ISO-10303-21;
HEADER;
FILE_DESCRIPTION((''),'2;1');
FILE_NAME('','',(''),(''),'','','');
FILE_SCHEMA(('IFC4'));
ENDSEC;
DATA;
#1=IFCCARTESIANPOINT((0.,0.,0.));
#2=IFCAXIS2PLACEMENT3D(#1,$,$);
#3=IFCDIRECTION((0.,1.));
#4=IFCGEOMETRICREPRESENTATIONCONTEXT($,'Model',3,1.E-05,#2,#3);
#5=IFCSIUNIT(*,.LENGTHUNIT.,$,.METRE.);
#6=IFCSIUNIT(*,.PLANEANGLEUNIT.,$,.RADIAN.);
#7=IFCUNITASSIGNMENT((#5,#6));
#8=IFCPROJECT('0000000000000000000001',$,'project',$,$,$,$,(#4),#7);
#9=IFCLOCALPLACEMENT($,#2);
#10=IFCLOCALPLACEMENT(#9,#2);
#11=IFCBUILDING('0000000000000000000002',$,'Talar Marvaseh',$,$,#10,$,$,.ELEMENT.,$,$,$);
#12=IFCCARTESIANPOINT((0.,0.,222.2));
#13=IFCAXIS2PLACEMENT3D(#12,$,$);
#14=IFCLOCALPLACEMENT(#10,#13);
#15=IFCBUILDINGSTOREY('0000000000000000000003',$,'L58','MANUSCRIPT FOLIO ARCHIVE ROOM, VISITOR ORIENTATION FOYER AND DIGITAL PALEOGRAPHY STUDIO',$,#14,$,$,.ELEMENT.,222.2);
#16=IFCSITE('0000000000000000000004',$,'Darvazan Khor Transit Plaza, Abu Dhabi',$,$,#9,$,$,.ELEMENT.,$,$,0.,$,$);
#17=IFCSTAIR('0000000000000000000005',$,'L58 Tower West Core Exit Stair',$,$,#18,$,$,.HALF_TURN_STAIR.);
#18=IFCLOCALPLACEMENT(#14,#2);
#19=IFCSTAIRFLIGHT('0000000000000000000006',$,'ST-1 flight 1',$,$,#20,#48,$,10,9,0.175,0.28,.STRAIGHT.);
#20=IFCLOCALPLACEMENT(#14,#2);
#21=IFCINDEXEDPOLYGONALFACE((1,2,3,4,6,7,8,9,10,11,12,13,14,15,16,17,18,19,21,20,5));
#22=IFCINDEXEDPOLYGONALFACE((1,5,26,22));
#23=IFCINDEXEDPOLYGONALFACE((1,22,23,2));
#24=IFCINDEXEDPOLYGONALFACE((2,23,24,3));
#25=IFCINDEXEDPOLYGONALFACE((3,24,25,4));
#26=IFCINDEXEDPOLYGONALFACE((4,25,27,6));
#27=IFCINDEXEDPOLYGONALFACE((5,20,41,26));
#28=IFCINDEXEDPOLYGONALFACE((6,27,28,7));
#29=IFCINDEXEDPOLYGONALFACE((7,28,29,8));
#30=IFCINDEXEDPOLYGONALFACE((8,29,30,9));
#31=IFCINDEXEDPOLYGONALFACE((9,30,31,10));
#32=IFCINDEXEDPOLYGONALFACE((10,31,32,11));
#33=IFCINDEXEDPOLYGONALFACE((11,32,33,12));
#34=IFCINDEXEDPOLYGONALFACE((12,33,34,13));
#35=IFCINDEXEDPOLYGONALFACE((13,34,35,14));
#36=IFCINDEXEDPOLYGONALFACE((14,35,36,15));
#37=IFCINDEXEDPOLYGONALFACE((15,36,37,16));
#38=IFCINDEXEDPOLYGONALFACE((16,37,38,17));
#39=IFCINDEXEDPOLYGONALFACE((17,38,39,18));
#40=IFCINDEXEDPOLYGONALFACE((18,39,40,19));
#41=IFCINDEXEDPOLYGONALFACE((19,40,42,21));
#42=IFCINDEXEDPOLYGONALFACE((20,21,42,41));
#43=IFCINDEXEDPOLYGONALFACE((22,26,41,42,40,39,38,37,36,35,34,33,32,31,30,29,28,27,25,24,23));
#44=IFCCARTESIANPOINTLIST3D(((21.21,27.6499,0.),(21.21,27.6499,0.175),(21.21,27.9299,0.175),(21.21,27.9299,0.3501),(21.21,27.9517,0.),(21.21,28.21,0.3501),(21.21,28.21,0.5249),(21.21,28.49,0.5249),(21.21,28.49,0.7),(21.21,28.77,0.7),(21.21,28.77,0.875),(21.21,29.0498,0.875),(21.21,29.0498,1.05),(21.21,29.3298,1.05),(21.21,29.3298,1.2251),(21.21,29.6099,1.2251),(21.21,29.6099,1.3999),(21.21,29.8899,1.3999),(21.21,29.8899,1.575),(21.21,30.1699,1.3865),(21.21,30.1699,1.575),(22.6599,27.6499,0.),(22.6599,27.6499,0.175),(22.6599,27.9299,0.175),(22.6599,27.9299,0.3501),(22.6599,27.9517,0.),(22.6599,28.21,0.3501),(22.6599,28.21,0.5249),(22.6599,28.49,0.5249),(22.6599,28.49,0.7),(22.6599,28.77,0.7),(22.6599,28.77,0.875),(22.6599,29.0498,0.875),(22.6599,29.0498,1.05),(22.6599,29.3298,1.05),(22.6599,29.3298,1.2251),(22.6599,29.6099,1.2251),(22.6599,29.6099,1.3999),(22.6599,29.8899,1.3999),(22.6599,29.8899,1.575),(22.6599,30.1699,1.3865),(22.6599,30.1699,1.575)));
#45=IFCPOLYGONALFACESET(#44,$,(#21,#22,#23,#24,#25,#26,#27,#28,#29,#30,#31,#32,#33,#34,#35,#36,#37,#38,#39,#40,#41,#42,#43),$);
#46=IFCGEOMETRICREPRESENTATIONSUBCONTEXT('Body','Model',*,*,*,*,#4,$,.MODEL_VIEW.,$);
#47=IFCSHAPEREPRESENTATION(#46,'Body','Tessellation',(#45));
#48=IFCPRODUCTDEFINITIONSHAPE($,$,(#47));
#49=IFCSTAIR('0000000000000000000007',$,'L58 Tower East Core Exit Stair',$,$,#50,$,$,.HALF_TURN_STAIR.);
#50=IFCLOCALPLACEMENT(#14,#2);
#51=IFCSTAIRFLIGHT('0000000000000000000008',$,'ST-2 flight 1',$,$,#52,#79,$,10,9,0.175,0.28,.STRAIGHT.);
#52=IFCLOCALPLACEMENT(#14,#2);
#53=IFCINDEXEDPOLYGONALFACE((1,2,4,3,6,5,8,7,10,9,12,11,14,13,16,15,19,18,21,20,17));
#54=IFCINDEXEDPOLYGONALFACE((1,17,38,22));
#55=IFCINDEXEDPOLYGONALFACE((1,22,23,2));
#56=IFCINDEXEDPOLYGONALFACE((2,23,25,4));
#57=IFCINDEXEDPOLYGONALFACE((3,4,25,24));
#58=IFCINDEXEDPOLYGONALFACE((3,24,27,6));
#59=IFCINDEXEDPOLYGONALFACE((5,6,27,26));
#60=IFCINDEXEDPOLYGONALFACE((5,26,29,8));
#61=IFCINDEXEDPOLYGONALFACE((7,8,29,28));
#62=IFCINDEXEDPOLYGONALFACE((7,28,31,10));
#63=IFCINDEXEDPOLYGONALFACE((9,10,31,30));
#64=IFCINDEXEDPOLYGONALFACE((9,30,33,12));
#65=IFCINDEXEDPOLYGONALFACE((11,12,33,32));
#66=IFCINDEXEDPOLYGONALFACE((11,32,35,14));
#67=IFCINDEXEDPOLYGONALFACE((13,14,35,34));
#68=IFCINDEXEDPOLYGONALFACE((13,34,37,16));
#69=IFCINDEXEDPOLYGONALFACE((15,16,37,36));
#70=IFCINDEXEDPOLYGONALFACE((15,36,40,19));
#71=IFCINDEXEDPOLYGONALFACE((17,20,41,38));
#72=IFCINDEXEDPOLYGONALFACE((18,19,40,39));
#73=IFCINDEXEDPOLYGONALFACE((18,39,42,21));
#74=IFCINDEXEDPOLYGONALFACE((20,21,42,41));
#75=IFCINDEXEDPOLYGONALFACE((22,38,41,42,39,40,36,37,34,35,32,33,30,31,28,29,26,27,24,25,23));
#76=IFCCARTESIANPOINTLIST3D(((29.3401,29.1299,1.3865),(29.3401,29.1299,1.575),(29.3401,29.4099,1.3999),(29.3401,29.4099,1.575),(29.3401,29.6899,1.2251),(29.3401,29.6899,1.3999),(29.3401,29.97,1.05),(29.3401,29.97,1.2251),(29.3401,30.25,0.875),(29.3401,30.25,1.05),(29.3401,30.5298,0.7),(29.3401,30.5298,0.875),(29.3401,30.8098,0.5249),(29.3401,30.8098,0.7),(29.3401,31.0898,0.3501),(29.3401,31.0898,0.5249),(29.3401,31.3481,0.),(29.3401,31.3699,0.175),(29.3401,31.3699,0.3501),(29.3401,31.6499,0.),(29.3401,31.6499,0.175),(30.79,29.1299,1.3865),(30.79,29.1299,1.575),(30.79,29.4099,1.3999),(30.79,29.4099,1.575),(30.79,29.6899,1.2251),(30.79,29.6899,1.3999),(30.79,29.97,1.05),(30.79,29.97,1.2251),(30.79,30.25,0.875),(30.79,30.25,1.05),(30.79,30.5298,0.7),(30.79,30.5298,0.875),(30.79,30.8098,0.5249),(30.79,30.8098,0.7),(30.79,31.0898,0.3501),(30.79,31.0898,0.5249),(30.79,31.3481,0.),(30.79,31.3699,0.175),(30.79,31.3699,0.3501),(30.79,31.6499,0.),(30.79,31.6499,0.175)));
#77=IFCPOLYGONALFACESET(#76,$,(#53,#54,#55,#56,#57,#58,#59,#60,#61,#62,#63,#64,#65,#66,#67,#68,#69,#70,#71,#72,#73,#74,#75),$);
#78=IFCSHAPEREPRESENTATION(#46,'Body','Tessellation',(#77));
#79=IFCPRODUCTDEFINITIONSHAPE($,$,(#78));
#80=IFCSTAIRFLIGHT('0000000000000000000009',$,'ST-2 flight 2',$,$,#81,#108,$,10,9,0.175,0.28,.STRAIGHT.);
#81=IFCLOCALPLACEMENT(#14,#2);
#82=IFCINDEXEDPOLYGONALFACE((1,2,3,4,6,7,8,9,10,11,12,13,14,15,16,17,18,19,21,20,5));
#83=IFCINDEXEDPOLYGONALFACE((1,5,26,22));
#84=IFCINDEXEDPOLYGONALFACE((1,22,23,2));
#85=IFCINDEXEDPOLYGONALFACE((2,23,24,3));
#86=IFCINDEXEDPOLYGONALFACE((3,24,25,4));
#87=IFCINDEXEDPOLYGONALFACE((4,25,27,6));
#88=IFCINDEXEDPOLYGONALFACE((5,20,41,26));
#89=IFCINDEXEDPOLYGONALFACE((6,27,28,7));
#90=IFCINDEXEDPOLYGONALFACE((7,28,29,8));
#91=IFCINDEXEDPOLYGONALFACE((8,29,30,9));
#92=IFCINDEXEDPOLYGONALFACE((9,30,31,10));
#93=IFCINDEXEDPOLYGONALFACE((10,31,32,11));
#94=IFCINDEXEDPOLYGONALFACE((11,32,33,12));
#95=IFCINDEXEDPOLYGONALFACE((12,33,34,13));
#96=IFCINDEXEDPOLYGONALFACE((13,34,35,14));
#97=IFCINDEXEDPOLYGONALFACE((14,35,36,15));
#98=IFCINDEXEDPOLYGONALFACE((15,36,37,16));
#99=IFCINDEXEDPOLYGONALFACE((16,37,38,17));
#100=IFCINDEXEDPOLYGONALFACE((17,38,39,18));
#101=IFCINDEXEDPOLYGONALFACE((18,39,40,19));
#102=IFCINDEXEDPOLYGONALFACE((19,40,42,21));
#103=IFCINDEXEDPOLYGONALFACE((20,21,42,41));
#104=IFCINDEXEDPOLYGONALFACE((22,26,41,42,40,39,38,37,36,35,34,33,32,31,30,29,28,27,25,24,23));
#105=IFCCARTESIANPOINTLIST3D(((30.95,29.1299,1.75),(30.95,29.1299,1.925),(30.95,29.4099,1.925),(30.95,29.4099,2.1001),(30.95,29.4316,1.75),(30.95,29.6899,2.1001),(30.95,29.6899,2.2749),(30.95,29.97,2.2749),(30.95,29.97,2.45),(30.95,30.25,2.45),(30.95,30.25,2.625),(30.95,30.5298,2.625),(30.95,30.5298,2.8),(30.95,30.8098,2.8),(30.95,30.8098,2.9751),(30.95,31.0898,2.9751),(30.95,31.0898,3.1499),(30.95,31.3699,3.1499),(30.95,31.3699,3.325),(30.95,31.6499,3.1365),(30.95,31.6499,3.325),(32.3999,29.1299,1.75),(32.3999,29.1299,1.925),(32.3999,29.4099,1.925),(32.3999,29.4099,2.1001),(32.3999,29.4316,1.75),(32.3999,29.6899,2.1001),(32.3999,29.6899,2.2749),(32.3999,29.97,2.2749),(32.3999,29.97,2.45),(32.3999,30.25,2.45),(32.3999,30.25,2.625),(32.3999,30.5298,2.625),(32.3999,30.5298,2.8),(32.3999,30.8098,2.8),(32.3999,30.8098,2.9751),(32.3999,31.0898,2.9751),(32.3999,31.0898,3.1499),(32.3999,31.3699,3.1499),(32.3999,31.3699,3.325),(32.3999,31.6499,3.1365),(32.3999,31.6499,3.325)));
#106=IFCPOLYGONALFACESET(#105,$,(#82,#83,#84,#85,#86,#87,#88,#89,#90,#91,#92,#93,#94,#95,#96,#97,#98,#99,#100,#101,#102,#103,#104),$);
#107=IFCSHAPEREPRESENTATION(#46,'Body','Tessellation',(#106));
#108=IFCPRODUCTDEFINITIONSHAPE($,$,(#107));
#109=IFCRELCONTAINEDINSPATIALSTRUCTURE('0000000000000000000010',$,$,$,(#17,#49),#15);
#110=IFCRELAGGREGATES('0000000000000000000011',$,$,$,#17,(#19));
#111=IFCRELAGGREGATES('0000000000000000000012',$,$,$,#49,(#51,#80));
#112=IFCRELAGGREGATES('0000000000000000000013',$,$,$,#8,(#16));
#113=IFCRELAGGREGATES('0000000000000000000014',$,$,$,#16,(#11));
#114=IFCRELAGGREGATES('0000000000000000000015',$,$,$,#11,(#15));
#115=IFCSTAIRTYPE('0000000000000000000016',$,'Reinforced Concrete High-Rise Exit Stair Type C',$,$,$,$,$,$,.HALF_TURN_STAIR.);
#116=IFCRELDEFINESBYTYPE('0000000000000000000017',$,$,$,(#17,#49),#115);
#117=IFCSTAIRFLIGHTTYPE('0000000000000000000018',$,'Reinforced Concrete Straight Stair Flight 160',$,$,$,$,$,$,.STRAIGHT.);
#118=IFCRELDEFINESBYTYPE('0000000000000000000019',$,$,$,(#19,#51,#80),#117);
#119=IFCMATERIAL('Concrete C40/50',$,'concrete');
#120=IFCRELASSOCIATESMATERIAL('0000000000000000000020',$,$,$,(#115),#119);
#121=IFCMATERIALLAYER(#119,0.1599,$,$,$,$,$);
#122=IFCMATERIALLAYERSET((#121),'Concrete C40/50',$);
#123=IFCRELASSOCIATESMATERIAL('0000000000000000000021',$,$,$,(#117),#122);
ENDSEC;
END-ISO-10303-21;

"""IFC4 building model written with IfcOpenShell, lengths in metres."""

from ifc_helpers import new_model, si_unit, direction, frame, origin, place, context, subcontext, project, spatial, polyline, outline, extrude, material, layer, layer_set, type_object, element, aggregate, save


model = new_model("IFC4")

# Units and contexts
model_context = context("Model", 3, precision=1e-05, world=origin(), true_north=direction((0.0, 1.0)))
body_context = subcontext(model_context, "Body", "Model", "MODEL_VIEW")
ifc_project = project(units=[si_unit("LENGTHUNIT", "METRE"), si_unit("PLANEANGLEUNIT", "RADIAN")], contexts=[model_context])

# Site, building, storey
site_placement = place(None, origin())
site = spatial("IfcSite", under=ifc_project, at=site_placement, Name="Darvazan Khor Transit Plaza, Abu Dhabi", CompositionType="ELEMENT", RefElevation=0.0)
building_placement = place(site_placement, origin())
building = spatial("IfcBuilding", under=site, at=building_placement, Name="Talar Marvaseh", CompositionType="ELEMENT")
storey_placement = place(building_placement, frame((0.0, 0.0, 222.2)))
storey = spatial("IfcBuildingStorey", under=building, at=storey_placement, Name="L58", Description="MANUSCRIPT FOLIO ARCHIVE ROOM, VISITOR ORIENTATION FOYER AND DIGITAL PALEOGRAPHY STUDIO", CompositionType="ELEMENT", Elevation=222.2)

# Shared definitions
ifc_material_1 = material(Name="Concrete C40/50", Category="concrete")

# Stair, stair flight
stair_type = type_object("IfcStairType", Name="Reinforced Concrete High-Rise Exit Stair Type C", PredefinedType="HALF_TURN_STAIR", material=ifc_material_1)
stair_1_placement = place(storey_placement, origin())
stair_1 = element("IfcStair", 1, at=stair_1_placement, inside=storey, type_object=stair_type, Name="L58 Tower West Core Exit Stair", PredefinedType="HALF_TURN_STAIR")
ifc_layer_1 = layer(ifc_material_1, 0.1599)
ifc_layer_set_1 = layer_set([ifc_layer_1], Name="Concrete C40/50")
stair_flight_type = type_object("IfcStairFlightType", Name="Reinforced Concrete Straight Stair Flight 160", PredefinedType="STRAIGHT", material=ifc_layer_set_1)
stair_flight_1_placement = place(storey_placement, frame((21.9351, 27.6499, 0.0), z_axis=(0.0, 0.0, 1.0), x_axis=(0.0, 1.0, 0.0)))
stair_flight_1 = element("IfcStairFlight", 2, at=stair_flight_1_placement, type_object=stair_flight_type, Name="ST-1 flight 1", NumberOfRisers=10, NumberOfTreads=9, PredefinedType="STRAIGHT", RiserHeight=0.175, TreadLength=0.28, context=body_context, shape_type="SweptSolid", body=[
    extrude(outline(polyline([(0.0, 0.0), (0.0, 0.175), (0.28, 0.175), (0.28, 0.3501), (0.5601, 0.3501), (0.5601, 0.5249), (0.8401, 0.5249), (0.8401, 0.7), (1.1201, 0.7), (1.1201, 0.875), (1.3999, 0.875), (1.3999, 1.05), (1.6799, 1.05), (1.6799, 1.2251), (1.96, 1.2251), (1.96, 1.3999), (2.24, 1.3999), (2.24, 1.575), (2.52, 1.575), (2.52, 1.75), (2.52, 1.3865), (0.3018, 0.0), (0.0, 0.0)])), frame((0.0, 0.7251, 0.0), z_axis=(0.0, -1.0, 0.0), x_axis=(1.0, 0.0, 0.0)), (0.0, 0.0, 1.0), 1.45),
])
aggregate(stair_1, [stair_flight_1])

# Stair, stair flights
stair_2_placement = place(storey_placement, origin())
stair_2 = element("IfcStair", 3, at=stair_2_placement, inside=storey, type_object=stair_type, Name="L58 Tower East Core Exit Stair", PredefinedType="HALF_TURN_STAIR")
stair_flight_2_placement = place(storey_placement, frame((30.0649, 31.6499, 0.0), z_axis=(0.0, 0.0, 1.0), x_axis=(0.0, -1.0, 0.0)))
stair_flight_2 = element("IfcStairFlight", 4, at=stair_flight_2_placement, type_object=stair_flight_type, Name="ST-2 flight 1", NumberOfRisers=10, NumberOfTreads=9, PredefinedType="STRAIGHT", RiserHeight=0.175, TreadLength=0.28, context=body_context, shape_type="SweptSolid", body=[
    extrude(outline(polyline([(0.0, 0.0), (0.0, 0.175), (0.28, 0.175), (0.28, 0.3501), (0.5601, 0.3501), (0.5601, 0.5249), (0.8401, 0.5249), (0.8401, 0.7), (1.1201, 0.7), (1.1201, 0.875), (1.3999, 0.875), (1.3999, 1.05), (1.6799, 1.05), (1.6799, 1.2251), (1.96, 1.2251), (1.96, 1.3999), (2.24, 1.3999), (2.24, 1.575), (2.52, 1.575), (2.52, 1.75), (2.52, 1.3865), (0.3018, 0.0), (0.0, 0.0)])), frame((0.0, 0.7251, 0.0), z_axis=(0.0, -1.0, 0.0), x_axis=(1.0, 0.0, 0.0)), (0.0, 0.0, 1.0), 1.45),
])
stair_flight_3_placement = place(storey_placement, frame((31.675, 29.1299, 1.75), z_axis=(0.0, 0.0, 1.0), x_axis=(0.0, 1.0, 0.0)))
stair_flight_3 = element("IfcStairFlight", 5, at=stair_flight_3_placement, type_object=stair_flight_type, Name="ST-2 flight 2", NumberOfRisers=10, NumberOfTreads=9, PredefinedType="STRAIGHT", RiserHeight=0.175, TreadLength=0.28, context=body_context, shape_type="SweptSolid", body=[
    extrude(outline(polyline([(0.0, 0.0), (0.0, 0.175), (0.28, 0.175), (0.28, 0.3501), (0.5601, 0.3501), (0.5601, 0.5249), (0.8401, 0.5249), (0.8401, 0.7), (1.1201, 0.7), (1.1201, 0.875), (1.3999, 0.875), (1.3999, 1.05), (1.6799, 1.05), (1.6799, 1.2251), (1.96, 1.2251), (1.96, 1.3999), (2.24, 1.3999), (2.24, 1.575), (2.52, 1.575), (2.52, 1.75), (2.52, 1.3865), (0.3018, 0.0), (0.0, 0.0)])), frame((0.0, 0.7251, 0.0), z_axis=(0.0, -1.0, 0.0), x_axis=(1.0, 0.0, 0.0)), (0.0, 0.0, 1.0), 1.45),
])
aggregate(stair_2, [stair_flight_2, stair_flight_3])

save(model, "model.ifc")
